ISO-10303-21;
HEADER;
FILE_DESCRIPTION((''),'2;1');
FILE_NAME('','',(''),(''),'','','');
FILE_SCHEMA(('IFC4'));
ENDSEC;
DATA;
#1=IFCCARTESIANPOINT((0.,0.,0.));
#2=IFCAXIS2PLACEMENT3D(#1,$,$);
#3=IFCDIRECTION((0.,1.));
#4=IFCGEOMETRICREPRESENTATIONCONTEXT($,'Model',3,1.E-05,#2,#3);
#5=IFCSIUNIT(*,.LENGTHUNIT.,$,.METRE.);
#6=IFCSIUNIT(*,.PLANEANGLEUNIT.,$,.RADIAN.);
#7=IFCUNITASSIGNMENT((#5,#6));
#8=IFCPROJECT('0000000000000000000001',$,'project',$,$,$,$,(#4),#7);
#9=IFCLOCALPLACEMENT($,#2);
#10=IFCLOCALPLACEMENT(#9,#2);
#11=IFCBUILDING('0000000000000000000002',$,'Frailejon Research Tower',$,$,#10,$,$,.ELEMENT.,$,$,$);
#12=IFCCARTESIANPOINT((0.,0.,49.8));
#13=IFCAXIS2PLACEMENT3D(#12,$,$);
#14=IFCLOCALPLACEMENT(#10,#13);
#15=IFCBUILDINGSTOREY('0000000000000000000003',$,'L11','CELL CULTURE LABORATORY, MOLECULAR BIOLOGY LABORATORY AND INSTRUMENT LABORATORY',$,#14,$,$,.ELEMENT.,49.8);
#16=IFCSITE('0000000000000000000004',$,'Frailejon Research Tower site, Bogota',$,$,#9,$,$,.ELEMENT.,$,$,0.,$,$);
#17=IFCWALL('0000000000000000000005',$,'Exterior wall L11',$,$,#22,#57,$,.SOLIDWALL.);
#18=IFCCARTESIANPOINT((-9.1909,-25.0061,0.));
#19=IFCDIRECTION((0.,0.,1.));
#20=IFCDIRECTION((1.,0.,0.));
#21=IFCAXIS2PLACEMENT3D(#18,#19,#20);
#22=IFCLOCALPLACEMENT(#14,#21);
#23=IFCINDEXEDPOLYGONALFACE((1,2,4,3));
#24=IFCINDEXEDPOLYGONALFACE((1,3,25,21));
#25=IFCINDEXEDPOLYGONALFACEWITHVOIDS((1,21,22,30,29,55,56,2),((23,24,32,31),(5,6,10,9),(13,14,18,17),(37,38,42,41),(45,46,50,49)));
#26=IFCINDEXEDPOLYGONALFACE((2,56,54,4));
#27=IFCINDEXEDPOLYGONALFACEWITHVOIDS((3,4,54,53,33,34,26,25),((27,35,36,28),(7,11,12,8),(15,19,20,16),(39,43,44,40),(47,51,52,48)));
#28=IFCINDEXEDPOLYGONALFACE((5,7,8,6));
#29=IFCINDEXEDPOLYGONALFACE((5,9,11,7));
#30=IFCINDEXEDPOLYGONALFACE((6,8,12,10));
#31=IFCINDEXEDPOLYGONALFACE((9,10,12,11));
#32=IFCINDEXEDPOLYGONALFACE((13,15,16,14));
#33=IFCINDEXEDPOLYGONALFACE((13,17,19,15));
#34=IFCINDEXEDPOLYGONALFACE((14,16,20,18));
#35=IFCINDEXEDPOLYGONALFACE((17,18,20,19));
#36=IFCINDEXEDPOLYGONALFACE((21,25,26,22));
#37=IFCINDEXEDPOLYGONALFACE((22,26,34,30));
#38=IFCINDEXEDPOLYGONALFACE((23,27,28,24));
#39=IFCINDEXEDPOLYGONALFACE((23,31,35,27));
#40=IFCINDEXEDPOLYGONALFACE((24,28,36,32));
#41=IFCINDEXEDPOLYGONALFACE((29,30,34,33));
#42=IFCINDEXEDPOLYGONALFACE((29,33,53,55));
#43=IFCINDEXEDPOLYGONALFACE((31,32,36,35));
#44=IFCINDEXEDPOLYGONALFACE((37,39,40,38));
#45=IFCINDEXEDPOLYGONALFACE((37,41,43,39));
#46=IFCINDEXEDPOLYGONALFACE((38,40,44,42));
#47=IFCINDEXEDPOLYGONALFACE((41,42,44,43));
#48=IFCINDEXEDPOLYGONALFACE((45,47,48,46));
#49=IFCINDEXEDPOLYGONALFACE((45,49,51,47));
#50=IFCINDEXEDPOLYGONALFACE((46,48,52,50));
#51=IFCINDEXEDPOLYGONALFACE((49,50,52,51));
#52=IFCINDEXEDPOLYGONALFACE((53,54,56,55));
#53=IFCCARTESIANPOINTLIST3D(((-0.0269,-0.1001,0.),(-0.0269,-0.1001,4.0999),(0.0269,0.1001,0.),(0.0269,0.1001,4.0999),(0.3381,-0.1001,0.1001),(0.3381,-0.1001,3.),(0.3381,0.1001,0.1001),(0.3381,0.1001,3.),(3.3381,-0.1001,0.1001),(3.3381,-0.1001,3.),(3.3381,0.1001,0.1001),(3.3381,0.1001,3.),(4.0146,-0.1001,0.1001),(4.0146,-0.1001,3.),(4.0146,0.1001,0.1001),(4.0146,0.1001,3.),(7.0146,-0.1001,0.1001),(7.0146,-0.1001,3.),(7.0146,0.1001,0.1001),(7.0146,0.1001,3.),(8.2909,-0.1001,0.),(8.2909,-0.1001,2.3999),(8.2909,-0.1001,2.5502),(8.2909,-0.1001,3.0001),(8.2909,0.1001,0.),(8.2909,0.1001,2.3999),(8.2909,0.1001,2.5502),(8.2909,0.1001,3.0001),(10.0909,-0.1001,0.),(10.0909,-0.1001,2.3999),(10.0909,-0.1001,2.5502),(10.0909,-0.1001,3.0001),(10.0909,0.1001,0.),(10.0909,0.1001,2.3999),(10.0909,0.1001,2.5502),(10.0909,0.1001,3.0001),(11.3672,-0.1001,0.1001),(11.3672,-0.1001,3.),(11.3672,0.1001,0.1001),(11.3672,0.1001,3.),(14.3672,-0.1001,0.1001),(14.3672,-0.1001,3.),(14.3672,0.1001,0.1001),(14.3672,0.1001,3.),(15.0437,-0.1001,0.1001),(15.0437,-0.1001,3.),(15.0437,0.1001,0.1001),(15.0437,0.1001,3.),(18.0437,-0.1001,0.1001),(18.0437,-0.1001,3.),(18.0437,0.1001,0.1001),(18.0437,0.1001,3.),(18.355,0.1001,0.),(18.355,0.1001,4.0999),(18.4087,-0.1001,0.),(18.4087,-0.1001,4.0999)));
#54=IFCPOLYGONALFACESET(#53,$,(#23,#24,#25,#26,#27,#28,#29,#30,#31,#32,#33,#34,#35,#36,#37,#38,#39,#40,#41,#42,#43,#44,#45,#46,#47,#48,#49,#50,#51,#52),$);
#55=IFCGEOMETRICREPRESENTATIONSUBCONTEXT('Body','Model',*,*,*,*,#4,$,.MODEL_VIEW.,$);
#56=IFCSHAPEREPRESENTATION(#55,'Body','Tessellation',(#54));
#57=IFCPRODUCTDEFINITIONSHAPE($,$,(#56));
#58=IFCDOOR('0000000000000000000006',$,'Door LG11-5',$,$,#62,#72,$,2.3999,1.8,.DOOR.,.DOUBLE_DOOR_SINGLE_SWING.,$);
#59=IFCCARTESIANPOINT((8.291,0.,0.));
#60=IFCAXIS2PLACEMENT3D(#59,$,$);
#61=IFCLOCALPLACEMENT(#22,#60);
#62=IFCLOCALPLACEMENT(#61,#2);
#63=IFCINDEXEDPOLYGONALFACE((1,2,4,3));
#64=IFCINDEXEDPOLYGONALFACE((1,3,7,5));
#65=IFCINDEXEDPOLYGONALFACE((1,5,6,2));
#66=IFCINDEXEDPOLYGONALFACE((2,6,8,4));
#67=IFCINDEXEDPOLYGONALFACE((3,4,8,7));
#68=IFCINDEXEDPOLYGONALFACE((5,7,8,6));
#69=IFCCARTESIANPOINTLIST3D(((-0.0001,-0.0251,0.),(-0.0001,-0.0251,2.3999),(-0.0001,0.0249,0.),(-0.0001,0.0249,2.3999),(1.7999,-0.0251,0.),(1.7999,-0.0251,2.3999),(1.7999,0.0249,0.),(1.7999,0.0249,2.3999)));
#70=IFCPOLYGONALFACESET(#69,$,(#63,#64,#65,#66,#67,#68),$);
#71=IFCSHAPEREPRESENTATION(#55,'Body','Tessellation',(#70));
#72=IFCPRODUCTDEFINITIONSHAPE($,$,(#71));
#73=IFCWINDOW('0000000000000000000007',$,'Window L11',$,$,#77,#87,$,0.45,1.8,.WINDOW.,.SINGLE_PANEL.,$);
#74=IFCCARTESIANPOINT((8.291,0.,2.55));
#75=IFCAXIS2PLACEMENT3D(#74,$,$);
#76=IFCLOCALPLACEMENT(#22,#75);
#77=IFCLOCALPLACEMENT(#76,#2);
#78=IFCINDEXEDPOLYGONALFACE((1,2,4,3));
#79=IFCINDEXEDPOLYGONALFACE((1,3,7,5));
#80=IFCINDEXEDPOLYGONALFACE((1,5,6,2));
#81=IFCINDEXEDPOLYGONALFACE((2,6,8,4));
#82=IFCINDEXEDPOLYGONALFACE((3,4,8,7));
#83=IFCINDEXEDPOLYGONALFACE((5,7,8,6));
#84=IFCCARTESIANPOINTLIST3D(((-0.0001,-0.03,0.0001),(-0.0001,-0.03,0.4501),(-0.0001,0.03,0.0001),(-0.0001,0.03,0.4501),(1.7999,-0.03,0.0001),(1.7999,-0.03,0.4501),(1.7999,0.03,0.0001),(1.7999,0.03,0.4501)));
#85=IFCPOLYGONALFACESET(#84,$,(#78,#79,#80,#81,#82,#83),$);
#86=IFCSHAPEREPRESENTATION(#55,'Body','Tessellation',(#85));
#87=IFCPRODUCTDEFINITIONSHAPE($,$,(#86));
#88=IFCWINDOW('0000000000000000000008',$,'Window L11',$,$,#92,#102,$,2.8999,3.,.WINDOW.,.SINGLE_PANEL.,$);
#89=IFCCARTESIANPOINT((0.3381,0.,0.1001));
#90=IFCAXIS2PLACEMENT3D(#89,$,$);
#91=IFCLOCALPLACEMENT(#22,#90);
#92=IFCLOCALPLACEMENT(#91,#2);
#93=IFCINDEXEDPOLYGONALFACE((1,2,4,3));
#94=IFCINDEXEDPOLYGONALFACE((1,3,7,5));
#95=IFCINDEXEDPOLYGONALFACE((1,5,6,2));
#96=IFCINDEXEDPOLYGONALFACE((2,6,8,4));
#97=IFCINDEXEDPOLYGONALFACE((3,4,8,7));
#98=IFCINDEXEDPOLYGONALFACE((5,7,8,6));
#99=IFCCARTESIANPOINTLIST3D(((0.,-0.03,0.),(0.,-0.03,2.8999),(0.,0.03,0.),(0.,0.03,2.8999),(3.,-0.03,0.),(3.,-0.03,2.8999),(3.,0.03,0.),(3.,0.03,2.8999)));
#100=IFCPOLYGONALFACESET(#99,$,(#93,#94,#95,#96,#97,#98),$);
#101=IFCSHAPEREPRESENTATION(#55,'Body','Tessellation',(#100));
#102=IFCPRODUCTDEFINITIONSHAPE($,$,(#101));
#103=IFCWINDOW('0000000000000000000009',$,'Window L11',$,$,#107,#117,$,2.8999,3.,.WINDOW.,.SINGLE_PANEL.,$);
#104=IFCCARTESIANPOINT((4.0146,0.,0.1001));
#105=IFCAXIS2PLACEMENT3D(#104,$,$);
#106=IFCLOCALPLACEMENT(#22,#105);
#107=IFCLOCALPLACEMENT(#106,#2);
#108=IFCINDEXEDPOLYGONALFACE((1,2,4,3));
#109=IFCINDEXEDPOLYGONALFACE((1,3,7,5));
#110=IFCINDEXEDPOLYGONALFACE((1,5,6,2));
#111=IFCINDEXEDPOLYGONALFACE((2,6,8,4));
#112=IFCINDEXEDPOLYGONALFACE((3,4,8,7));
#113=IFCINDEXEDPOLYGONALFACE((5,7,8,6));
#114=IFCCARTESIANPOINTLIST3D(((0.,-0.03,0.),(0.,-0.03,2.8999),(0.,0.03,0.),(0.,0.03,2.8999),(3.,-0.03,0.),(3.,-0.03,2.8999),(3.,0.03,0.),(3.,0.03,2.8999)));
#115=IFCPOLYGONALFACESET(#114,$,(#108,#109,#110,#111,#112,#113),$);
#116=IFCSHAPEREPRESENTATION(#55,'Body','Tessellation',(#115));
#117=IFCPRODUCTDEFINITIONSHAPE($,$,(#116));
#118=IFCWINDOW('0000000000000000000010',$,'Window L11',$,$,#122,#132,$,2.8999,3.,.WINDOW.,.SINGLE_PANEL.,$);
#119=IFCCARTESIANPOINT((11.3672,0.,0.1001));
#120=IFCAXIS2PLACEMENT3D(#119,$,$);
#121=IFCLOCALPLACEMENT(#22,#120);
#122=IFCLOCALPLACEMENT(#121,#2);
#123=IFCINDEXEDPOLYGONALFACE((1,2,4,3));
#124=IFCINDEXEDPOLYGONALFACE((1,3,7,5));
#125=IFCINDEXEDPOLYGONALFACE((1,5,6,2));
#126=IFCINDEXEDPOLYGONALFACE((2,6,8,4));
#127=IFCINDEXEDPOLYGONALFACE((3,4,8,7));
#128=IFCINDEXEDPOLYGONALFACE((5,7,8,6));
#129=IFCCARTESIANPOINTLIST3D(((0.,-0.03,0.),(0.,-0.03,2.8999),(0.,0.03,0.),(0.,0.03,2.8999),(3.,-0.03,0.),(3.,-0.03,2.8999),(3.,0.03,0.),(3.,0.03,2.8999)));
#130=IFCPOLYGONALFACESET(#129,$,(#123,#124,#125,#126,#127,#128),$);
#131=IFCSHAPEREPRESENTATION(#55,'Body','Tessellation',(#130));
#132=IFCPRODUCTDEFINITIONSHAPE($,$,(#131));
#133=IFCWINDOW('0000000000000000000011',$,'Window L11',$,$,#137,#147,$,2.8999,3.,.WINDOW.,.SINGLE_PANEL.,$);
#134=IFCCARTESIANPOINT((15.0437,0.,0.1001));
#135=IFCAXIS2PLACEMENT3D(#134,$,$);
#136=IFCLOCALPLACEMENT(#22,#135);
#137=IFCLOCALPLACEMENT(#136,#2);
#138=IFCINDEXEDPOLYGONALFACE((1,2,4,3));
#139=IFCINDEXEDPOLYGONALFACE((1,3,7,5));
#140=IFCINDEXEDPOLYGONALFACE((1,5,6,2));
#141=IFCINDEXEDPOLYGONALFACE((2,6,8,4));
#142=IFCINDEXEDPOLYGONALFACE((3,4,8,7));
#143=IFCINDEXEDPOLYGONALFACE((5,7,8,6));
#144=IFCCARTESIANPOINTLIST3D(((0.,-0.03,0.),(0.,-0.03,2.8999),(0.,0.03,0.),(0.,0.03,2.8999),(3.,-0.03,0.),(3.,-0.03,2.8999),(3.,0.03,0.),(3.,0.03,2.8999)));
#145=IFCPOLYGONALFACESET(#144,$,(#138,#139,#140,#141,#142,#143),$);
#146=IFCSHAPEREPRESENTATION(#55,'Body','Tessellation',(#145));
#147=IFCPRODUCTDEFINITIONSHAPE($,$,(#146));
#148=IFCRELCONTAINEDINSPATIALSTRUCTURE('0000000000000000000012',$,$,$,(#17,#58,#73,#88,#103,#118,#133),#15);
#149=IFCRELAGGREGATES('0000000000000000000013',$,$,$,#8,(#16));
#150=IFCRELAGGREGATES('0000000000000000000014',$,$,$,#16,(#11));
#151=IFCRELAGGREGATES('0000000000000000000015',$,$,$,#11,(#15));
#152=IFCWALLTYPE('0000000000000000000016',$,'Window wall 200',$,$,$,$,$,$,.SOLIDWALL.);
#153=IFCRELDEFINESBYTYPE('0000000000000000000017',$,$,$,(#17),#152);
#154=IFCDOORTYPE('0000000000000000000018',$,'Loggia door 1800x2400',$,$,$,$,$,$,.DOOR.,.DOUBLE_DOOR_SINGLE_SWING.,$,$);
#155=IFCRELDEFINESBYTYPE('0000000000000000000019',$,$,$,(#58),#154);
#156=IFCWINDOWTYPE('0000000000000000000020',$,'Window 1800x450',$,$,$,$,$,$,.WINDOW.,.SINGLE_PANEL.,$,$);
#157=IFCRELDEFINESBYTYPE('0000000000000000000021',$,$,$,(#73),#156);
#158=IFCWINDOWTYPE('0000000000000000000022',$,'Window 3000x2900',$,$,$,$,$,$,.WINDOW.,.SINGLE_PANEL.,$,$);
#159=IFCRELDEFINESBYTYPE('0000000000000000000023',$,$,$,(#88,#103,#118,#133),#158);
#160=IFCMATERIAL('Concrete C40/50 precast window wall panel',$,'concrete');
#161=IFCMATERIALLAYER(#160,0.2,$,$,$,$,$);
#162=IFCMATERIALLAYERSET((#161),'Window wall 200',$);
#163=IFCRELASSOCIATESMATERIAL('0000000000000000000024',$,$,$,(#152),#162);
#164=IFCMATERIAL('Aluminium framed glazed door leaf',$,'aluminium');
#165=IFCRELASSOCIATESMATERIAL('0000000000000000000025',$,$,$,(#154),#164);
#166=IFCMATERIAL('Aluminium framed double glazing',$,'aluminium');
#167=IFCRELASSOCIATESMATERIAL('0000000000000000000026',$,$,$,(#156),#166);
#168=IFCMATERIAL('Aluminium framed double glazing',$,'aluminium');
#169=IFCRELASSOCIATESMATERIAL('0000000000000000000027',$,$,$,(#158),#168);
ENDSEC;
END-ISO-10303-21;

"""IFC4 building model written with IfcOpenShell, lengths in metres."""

from ifc_helpers import new_model, si_unit, direction, frame, frame_2d, origin, place, context, subcontext, project, spatial, polyline, rectangle, outline, extrude, material, layer, layer_set, type_object, element, fill, save


model = new_model("IFC4")

# Units and contexts
model_context = context("Model", 3, precision=1e-05, world=origin(), true_north=direction((0.0, 1.0)))
body_context = subcontext(model_context, "Body", "Model", "MODEL_VIEW")
ifc_project = project(units=[si_unit("LENGTHUNIT", "METRE"), si_unit("PLANEANGLEUNIT", "RADIAN")], contexts=[model_context])

# Site, building, storey
site_placement = place(None, origin())
site = spatial("IfcSite", under=ifc_project, at=site_placement, Name="Frailejon Research Tower site, Bogota", CompositionType="ELEMENT", RefElevation=0.0)
building_placement = place(site_placement, origin())
building = spatial("IfcBuilding", under=site, at=building_placement, Name="Frailejon Research Tower", CompositionType="ELEMENT")
storey_placement = place(building_placement, frame((0.0, 0.0, 49.8)))
storey = spatial("IfcBuildingStorey", under=building, at=storey_placement, Name="L11", Description="CELL CULTURE LABORATORY, MOLECULAR BIOLOGY LABORATORY AND INSTRUMENT LABORATORY", CompositionType="ELEMENT", Elevation=49.8)

# Shared definitions
ifc_material_1 = material(Name="Concrete C40/50 precast window wall panel", Category="concrete")
ifc_layer_1 = layer(ifc_material_1, 0.2)
ifc_layer_set_1 = layer_set([ifc_layer_1], Name="Window wall 200")
wall_type_1 = type_object("IfcWallType", Name="Window wall 200", PredefinedType="SOLIDWALL", material=ifc_layer_set_1)

# Wall, openings, door, windows
wall_1_placement = place(storey_placement, frame((-9.1909, -25.0061, 0.0), z_axis=(0.0, 0.0, 1.0), x_axis=(1.0, 0.0, 0.0)))
wall_1 = element("IfcWall", 1, at=wall_1_placement, inside=storey, type_object=wall_type_1, Name="Exterior wall L11", PredefinedType="SOLIDWALL", context=body_context, shape_type="SweptSolid", body=[
    extrude(outline(polyline([(-0.0269, -0.1001), (0.9973, -0.1001), (2.0215, -0.1001), (3.0457, -0.1001), (4.0698, -0.1001), (5.0942, -0.1001), (6.1184, -0.1001), (7.1426, -0.1001), (8.1667, -0.1001), (9.1909, -0.1001), (10.2151, -0.1001), (11.2393, -0.1001), (12.2634, -0.1001), (13.2876, -0.1001), (14.312, -0.1001), (15.3362, -0.1001), (16.3604, -0.1001), (17.3845, -0.1001), (18.4087, -0.1001), (18.355, 0.1001), (17.3367, 0.1001), (16.3186, 0.1001), (15.3003, 0.1001), (14.282, 0.1001), (13.2639, 0.1001), (12.2456, 0.1001), (11.2273, 0.1001), (10.2092, 0.1001), (9.1909, 0.1001), (8.1726, 0.1001), (7.1545, 0.1001), (6.1362, 0.1001), (5.1179, 0.1001), (4.0999, 0.1001), (3.0815, 0.1001), (2.0632, 0.1001), (1.0452, 0.1001), (0.0269, 0.1001), (-0.0269, -0.1001)])), origin(), (0.0, 0.0, 1.0), 4.0999),
])
opening_1_placement = place(wall_1_placement, frame((0.3381, 0.0, 0.1001)))
opening_1 = element("IfcOpeningElement", 2, at=opening_1_placement, cuts=wall_1, PredefinedType="OPENING", context=body_context, shape_type="SweptSolid", body=[
    extrude(rectangle(XDim=3.0, YDim=2.8999, at=frame_2d((1.5, 1.45))), frame((0.0, 0.1099, 0.0), z_axis=(0.0, -1.0, 0.0), x_axis=(1.0, 0.0, 0.0)), (0.0, 0.0, 1.0), 0.22),
])
opening_2_placement = place(wall_1_placement, frame((4.0146, 0.0, 0.1001)))
opening_2 = element("IfcOpeningElement", 3, at=opening_2_placement, cuts=wall_1, PredefinedType="OPENING", context=body_context, shape_type="SweptSolid", body=[
    extrude(rectangle(XDim=3.0, YDim=2.8999, at=frame_2d((1.5, 1.45))), frame((0.0, 0.1099, 0.0), z_axis=(0.0, -1.0, 0.0), x_axis=(1.0, 0.0, 0.0)), (0.0, 0.0, 1.0), 0.22),
])
opening_3_placement = place(wall_1_placement, frame((8.291, 0.0, 0.0)))
opening_3 = element("IfcOpeningElement", 4, at=opening_3_placement, cuts=wall_1, PredefinedType="OPENING", context=body_context, shape_type="SweptSolid", body=[
    extrude(rectangle(XDim=1.8, YDim=2.3999, at=frame_2d((0.8999, 1.2))), frame((0.0, 0.1099, 0.0), z_axis=(0.0, -1.0, 0.0), x_axis=(1.0, 0.0, 0.0)), (0.0, 0.0, 1.0), 0.22),
])
opening_4_placement = place(wall_1_placement, frame((8.291, 0.0, 2.55)))
opening_4 = element("IfcOpeningElement", 5, at=opening_4_placement, cuts=wall_1, PredefinedType="OPENING", context=body_context, shape_type="SweptSolid", body=[
    extrude(rectangle(XDim=1.8, YDim=0.45, at=frame_2d((0.8999, 0.2251))), frame((0.0, 0.1099, 0.0), z_axis=(0.0, -1.0, 0.0), x_axis=(1.0, 0.0, 0.0)), (0.0, 0.0, 1.0), 0.22),
])
opening_5_placement = place(wall_1_placement, frame((11.3672, 0.0, 0.1001)))
opening_5 = element("IfcOpeningElement", 6, at=opening_5_placement, cuts=wall_1, PredefinedType="OPENING", context=body_context, shape_type="SweptSolid", body=[
    extrude(rectangle(XDim=3.0, YDim=2.8999, at=frame_2d((1.5, 1.45))), frame((0.0, 0.1099, 0.0), z_axis=(0.0, -1.0, 0.0), x_axis=(1.0, 0.0, 0.0)), (0.0, 0.0, 1.0), 0.22),
])
opening_6_placement = place(wall_1_placement, frame((15.0437, 0.0, 0.1001)))
opening_6 = element("IfcOpeningElement", 7, at=opening_6_placement, cuts=wall_1, PredefinedType="OPENING", context=body_context, shape_type="SweptSolid", body=[
    extrude(rectangle(XDim=3.0, YDim=2.8999, at=frame_2d((1.5, 1.45))), frame((0.0, 0.1099, 0.0), z_axis=(0.0, -1.0, 0.0), x_axis=(1.0, 0.0, 0.0)), (0.0, 0.0, 1.0), 0.22),
])
ifc_material_2 = material(Name="Aluminium framed glazed door leaf", Category="aluminium")
door_type = type_object("IfcDoorType", Name="Loggia door 1800x2400", OperationType="DOUBLE_DOOR_SINGLE_SWING", PredefinedType="DOOR", material=ifc_material_2)
door_placement = place(opening_3_placement, origin())
door = element("IfcDoor", 8, at=door_placement, inside=storey, type_object=door_type, Name="Door LG11-5", OperationType="DOUBLE_DOOR_SINGLE_SWING", OverallHeight=2.3999, OverallWidth=1.8, PredefinedType="DOOR", context=body_context, shape_type="SweptSolid", body=[
    extrude(rectangle(XDim=1.8, YDim=2.3999, at=frame_2d((0.8999, 1.2))), frame((0.0, 0.0249, 0.0), z_axis=(0.0, -1.0, 0.0), x_axis=(1.0, 0.0, 0.0)), (0.0, 0.0, 1.0), 0.05),
])
fill(opening_3, door)
ifc_material_3 = material(Name="Aluminium framed double glazing", Category="aluminium")
window_type_1 = type_object("IfcWindowType", Name="Window 1800x450", PartitioningType="SINGLE_PANEL", PredefinedType="WINDOW", material=ifc_material_3)
window_1_placement = place(opening_4_placement, origin())
window_1 = element("IfcWindow", 9, at=window_1_placement, inside=storey, type_object=window_type_1, Name="Window L11", OverallHeight=0.45, OverallWidth=1.8, PartitioningType="SINGLE_PANEL", PredefinedType="WINDOW", context=body_context, shape_type="SweptSolid", body=[
    extrude(rectangle(XDim=1.8, YDim=0.45, at=frame_2d((0.8999, 0.2251))), frame((0.0, 0.03, 0.0), z_axis=(0.0, -1.0, 0.0), x_axis=(1.0, 0.0, 0.0)), (0.0, 0.0, 1.0), 0.0601),
])
fill(opening_4, window_1)
ifc_material_4 = material(Name="Aluminium framed double glazing", Category="aluminium")
window_type_2 = type_object("IfcWindowType", Name="Window 3000x2900", PartitioningType="SINGLE_PANEL", PredefinedType="WINDOW", material=ifc_material_4)
window_2_placement = place(opening_1_placement, origin())
window_2 = element("IfcWindow", 10, at=window_2_placement, inside=storey, type_object=window_type_2, Name="Window L11", OverallHeight=2.8999, OverallWidth=3.0, PartitioningType="SINGLE_PANEL", PredefinedType="WINDOW", context=body_context, shape_type="SweptSolid", body=[
    extrude(rectangle(XDim=3.0, YDim=2.8999, at=frame_2d((1.5, 1.45))), frame((0.0, 0.03, 0.0), z_axis=(0.0, -1.0, 0.0), x_axis=(1.0, 0.0, 0.0)), (0.0, 0.0, 1.0), 0.0601),
])
fill(opening_1, window_2)
window_3_placement = place(opening_2_placement, origin())
window_3 = element("IfcWindow", 11, at=window_3_placement, inside=storey, type_object=window_type_2, Name="Window L11", OverallHeight=2.8999, OverallWidth=3.0, PartitioningType="SINGLE_PANEL", PredefinedType="WINDOW", context=body_context, shape_type="SweptSolid", body=[
    extrude(rectangle(XDim=3.0, YDim=2.8999, at=frame_2d((1.5, 1.45))), frame((0.0, 0.03, 0.0), z_axis=(0.0, -1.0, 0.0), x_axis=(1.0, 0.0, 0.0)), (0.0, 0.0, 1.0), 0.0601),
])
fill(opening_2, window_3)
window_4_placement = place(opening_5_placement, origin())
window_4 = element("IfcWindow", 12, at=window_4_placement, inside=storey, type_object=window_type_2, Name="Window L11", OverallHeight=2.8999, OverallWidth=3.0, PartitioningType="SINGLE_PANEL", PredefinedType="WINDOW", context=body_context, shape_type="SweptSolid", body=[
    extrude(rectangle(XDim=3.0, YDim=2.8999, at=frame_2d((1.5, 1.45))), frame((0.0, 0.03, 0.0), z_axis=(0.0, -1.0, 0.0), x_axis=(1.0, 0.0, 0.0)), (0.0, 0.0, 1.0), 0.0601),
])
fill(opening_5, window_4)
window_5_placement = place(opening_6_placement, origin())
window_5 = element("IfcWindow", 13, at=window_5_placement, inside=storey, type_object=window_type_2, Name="Window L11", OverallHeight=2.8999, OverallWidth=3.0, PartitioningType="SINGLE_PANEL", PredefinedType="WINDOW", context=body_context, shape_type="SweptSolid", body=[
    extrude(rectangle(XDim=3.0, YDim=2.8999, at=frame_2d((1.5, 1.45))), frame((0.0, 0.03, 0.0), z_axis=(0.0, -1.0, 0.0), x_axis=(1.0, 0.0, 0.0)), (0.0, 0.0, 1.0), 0.0601),
])
fill(opening_6, window_5)

save(model, "model.ifc")
